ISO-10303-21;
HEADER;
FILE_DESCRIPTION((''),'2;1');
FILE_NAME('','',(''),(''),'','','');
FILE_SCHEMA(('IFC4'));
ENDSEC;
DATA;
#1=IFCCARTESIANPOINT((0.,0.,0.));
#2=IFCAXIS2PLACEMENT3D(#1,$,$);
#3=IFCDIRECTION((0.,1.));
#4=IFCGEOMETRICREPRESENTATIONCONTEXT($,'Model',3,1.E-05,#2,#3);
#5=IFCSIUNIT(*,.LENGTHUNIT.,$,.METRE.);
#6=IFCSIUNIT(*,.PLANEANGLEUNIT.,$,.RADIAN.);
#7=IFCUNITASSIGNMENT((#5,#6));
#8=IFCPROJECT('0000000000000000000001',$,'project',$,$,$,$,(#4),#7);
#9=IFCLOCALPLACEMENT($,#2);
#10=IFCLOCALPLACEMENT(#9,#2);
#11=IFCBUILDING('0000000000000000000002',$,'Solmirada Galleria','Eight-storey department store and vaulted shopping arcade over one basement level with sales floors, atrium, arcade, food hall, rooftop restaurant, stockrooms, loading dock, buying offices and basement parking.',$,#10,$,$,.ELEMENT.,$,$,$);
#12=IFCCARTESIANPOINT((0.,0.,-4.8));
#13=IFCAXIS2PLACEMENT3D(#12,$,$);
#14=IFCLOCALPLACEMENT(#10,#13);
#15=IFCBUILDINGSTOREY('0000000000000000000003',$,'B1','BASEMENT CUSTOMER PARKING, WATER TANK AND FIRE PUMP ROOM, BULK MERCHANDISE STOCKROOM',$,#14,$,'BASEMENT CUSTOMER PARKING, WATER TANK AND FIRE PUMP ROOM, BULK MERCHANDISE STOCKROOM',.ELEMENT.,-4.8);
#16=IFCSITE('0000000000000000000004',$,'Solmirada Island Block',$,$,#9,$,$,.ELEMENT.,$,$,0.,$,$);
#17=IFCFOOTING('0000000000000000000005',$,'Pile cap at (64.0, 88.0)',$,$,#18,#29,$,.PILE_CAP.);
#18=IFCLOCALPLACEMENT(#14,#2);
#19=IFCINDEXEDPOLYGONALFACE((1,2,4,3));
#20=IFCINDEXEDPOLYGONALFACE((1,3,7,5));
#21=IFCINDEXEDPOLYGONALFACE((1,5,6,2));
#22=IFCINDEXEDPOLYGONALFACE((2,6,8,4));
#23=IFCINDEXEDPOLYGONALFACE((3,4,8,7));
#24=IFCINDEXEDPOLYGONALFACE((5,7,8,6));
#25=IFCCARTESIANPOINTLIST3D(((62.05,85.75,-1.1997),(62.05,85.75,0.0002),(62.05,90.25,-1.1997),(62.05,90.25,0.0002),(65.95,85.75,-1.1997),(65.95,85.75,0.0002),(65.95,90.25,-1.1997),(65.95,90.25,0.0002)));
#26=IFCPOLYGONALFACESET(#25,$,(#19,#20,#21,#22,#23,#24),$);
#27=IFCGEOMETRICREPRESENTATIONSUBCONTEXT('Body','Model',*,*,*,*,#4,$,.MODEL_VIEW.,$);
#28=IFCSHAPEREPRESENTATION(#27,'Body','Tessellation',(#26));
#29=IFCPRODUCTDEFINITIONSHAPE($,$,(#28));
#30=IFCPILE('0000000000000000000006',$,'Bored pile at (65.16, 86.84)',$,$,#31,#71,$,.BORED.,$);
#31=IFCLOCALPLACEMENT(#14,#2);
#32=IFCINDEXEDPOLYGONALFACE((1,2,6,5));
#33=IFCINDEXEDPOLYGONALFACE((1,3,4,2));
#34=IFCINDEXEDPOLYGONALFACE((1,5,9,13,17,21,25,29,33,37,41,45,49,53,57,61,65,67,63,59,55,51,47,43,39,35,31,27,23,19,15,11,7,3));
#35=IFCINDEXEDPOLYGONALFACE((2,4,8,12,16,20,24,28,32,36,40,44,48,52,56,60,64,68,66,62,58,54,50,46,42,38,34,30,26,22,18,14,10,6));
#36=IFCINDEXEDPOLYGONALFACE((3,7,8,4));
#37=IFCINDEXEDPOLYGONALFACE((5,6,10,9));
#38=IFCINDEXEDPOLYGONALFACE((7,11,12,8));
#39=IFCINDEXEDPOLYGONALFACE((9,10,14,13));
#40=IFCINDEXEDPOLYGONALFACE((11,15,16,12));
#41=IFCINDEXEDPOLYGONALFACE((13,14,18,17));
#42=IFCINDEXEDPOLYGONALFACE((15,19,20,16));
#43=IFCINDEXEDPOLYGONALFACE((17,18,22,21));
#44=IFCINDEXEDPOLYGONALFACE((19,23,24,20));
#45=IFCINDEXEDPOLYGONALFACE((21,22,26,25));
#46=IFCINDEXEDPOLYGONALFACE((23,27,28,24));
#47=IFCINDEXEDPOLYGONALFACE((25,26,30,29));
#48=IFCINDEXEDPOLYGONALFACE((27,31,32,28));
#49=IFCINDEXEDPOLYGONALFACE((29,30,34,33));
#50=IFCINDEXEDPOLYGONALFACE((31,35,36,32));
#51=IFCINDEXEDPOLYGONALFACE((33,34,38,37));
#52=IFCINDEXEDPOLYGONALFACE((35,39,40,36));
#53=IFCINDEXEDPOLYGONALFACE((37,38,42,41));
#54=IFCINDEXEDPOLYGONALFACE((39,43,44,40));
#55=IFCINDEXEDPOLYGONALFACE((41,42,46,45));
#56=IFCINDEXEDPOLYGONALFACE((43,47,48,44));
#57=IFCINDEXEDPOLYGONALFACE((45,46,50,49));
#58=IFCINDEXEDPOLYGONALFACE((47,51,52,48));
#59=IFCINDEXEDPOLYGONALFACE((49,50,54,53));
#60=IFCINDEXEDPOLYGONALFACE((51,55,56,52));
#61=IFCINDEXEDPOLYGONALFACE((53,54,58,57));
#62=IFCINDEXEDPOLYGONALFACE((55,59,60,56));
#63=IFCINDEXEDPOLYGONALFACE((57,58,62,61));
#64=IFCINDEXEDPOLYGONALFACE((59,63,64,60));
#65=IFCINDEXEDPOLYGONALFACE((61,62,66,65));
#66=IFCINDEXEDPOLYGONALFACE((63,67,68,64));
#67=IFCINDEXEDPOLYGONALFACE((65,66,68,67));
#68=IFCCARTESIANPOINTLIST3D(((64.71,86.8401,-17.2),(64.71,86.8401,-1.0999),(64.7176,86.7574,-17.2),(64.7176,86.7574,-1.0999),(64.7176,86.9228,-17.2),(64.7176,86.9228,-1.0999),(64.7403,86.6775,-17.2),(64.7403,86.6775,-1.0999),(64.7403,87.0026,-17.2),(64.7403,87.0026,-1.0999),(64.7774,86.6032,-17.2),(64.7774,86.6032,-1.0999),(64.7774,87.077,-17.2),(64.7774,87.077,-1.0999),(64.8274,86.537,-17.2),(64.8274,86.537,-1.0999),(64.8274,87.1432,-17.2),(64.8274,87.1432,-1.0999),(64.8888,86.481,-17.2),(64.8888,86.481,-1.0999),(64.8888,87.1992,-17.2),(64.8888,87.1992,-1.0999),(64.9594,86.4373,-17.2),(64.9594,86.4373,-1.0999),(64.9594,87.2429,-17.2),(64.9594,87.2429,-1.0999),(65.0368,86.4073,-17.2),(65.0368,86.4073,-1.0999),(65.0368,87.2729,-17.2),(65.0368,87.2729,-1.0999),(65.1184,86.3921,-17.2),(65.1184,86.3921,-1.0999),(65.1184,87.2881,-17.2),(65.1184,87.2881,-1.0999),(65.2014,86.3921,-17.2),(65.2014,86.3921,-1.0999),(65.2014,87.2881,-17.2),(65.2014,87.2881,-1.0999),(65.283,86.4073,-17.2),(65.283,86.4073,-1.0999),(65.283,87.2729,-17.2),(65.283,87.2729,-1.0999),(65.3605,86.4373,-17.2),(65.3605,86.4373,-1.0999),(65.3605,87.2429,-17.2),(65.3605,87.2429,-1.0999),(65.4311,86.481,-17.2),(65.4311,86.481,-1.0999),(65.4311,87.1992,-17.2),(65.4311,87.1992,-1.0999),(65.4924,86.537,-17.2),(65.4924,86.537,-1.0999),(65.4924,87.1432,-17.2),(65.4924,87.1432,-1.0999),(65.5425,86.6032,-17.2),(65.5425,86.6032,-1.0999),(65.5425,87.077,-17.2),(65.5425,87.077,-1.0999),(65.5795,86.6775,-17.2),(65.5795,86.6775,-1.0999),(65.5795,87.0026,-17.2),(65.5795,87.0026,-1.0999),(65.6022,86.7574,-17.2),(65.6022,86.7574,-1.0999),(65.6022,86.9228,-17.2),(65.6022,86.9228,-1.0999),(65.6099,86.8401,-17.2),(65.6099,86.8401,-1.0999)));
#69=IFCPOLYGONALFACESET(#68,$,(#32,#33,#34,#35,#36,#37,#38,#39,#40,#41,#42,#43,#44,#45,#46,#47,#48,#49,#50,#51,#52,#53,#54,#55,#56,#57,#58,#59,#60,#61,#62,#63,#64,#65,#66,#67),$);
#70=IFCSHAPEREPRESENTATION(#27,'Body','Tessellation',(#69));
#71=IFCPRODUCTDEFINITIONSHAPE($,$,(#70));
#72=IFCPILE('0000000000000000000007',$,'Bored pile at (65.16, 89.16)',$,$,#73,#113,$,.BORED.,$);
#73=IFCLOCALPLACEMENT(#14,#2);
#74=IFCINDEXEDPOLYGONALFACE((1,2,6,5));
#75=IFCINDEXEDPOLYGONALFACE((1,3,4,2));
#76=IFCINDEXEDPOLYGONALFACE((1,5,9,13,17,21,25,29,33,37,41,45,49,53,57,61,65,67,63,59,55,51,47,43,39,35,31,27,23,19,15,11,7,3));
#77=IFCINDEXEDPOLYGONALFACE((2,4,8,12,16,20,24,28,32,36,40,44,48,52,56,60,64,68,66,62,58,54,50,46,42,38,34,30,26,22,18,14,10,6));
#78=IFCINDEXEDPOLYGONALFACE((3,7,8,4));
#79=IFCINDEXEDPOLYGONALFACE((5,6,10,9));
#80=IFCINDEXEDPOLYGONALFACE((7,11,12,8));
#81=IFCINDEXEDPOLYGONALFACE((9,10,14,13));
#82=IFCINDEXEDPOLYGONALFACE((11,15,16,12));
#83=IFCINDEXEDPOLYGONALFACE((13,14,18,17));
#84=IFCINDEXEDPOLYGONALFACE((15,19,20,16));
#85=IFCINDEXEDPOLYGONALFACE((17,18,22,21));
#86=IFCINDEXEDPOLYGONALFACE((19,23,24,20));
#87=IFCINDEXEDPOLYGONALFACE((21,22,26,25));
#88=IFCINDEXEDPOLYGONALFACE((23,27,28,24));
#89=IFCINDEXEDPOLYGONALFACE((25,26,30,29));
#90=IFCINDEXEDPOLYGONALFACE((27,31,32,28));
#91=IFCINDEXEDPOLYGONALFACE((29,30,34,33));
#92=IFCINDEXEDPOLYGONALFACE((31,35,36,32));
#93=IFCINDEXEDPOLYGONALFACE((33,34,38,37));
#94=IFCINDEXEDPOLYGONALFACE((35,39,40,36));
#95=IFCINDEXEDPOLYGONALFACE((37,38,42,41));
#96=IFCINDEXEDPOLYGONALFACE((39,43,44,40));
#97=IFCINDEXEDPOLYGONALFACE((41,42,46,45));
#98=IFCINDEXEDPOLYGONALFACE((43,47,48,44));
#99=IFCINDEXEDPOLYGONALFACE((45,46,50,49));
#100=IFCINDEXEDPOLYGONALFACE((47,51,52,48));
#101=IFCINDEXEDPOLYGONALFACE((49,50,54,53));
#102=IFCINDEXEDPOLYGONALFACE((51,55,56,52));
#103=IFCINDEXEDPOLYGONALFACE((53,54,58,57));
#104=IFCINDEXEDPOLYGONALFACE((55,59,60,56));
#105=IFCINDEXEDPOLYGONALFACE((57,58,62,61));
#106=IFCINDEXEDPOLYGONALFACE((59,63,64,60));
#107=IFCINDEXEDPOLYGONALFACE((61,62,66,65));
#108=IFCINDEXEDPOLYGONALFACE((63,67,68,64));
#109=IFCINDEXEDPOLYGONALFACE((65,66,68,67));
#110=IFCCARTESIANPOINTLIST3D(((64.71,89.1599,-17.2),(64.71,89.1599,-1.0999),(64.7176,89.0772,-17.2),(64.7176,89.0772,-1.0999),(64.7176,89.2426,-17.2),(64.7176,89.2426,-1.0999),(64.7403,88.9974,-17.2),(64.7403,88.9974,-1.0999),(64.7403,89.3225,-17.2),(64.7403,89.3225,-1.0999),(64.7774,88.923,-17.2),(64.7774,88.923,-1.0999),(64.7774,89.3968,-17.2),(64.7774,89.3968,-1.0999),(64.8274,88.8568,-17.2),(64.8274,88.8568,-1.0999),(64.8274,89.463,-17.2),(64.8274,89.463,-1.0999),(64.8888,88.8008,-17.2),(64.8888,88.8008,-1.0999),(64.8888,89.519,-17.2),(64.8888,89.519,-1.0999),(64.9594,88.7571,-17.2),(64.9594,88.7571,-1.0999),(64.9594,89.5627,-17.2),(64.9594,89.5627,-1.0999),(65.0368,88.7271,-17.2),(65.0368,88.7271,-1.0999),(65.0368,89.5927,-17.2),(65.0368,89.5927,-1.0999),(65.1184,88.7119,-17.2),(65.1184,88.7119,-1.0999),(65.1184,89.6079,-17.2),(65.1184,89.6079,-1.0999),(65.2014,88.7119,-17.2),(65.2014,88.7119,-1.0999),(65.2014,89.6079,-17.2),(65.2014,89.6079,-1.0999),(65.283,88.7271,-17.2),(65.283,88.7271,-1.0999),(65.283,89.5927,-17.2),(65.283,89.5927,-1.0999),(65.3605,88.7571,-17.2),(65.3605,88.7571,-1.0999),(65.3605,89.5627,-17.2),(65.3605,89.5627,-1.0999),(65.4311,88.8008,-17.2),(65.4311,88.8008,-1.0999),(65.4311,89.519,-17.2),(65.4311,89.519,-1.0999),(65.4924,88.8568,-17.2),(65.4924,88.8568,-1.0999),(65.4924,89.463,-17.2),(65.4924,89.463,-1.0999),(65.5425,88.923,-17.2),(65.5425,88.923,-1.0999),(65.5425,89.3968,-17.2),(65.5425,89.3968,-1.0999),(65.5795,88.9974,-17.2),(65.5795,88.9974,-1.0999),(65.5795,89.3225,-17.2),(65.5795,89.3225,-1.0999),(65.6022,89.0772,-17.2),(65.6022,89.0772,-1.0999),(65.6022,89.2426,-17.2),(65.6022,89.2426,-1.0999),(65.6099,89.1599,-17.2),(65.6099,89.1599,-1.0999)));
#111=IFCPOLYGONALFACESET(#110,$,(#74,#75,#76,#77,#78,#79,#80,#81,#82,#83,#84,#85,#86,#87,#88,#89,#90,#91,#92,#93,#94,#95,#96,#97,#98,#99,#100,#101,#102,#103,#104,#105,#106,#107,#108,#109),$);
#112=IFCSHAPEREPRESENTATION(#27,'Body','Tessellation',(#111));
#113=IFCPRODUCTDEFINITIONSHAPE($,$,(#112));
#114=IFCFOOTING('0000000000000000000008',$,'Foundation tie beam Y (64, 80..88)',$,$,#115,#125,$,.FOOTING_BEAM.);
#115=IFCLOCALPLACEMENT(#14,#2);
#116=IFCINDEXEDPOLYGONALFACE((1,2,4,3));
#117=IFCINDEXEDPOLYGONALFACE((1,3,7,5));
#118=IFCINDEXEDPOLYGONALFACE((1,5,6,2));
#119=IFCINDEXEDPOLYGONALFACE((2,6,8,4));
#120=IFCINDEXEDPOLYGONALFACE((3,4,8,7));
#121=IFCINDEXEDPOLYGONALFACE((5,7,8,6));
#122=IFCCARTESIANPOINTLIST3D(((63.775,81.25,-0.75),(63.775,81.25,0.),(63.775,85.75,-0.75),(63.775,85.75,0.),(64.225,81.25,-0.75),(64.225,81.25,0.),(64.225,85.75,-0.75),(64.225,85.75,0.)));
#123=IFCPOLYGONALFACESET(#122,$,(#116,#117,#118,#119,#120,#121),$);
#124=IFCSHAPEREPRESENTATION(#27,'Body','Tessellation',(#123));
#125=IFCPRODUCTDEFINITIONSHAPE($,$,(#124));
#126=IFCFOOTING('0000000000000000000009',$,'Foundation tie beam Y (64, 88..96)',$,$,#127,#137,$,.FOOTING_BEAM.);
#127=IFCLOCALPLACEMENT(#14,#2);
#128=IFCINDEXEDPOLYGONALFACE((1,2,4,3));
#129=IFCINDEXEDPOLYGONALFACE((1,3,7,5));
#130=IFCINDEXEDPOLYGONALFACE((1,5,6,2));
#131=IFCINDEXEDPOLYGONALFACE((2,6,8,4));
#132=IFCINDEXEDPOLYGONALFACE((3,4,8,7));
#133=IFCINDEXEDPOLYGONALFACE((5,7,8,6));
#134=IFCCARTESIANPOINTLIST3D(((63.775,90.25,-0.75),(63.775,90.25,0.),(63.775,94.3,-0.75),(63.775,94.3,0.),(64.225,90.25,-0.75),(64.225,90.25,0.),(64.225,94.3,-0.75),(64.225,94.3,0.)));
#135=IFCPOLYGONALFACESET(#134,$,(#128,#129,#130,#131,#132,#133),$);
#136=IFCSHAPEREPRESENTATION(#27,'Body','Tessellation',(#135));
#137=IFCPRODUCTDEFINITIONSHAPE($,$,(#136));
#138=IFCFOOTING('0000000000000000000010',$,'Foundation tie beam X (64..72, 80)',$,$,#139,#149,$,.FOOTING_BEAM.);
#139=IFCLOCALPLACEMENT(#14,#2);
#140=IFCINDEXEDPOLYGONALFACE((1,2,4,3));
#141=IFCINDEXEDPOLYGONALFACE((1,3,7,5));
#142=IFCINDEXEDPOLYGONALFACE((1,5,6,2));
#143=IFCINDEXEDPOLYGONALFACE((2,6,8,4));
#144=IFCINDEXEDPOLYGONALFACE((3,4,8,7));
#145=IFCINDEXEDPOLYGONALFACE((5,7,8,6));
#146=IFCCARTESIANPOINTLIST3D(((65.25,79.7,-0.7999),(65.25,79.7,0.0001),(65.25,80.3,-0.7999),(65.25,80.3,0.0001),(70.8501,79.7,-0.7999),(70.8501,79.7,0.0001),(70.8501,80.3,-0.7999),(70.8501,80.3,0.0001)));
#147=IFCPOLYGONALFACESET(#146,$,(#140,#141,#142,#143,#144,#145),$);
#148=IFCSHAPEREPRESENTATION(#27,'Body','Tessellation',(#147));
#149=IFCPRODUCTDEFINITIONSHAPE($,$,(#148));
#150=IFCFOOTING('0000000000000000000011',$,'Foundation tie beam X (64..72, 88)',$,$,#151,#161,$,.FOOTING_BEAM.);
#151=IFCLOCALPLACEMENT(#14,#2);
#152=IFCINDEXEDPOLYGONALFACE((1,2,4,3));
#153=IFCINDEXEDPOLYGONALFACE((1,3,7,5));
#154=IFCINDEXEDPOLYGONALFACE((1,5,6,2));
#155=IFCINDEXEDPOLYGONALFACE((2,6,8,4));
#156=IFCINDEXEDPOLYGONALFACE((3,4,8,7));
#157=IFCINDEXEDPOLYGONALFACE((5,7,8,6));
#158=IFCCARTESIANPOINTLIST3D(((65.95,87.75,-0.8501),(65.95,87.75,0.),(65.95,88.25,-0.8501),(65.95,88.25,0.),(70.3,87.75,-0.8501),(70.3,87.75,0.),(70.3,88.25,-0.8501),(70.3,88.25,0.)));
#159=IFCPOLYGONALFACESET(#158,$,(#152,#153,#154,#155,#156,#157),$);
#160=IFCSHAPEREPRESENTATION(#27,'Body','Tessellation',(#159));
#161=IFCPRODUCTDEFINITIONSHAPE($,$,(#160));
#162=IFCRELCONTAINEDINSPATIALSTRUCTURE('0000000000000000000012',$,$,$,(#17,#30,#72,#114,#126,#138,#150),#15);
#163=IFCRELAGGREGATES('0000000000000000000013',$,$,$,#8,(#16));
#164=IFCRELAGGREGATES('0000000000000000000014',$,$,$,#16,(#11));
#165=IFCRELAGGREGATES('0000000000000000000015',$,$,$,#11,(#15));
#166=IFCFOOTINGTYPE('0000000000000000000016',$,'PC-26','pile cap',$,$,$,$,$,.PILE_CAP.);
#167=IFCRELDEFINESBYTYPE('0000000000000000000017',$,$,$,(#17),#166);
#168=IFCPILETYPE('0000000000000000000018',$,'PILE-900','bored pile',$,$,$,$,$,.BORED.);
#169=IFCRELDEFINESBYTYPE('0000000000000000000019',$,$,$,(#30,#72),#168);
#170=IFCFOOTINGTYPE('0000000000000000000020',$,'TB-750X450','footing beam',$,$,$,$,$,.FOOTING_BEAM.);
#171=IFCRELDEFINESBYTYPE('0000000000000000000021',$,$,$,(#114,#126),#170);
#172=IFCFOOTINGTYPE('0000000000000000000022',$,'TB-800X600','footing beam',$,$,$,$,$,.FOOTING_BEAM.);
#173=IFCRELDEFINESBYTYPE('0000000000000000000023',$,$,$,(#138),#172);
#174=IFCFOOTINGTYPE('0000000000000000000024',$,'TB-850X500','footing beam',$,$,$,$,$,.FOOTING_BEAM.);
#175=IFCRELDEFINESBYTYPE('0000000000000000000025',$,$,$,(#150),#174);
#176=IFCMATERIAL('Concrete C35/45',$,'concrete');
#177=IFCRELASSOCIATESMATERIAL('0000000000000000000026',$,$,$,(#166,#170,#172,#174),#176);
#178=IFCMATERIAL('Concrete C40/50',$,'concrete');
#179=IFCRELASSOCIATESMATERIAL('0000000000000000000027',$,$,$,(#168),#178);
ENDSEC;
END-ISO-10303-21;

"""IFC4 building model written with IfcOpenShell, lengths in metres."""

from ifc_helpers import new_model, si_unit, direction, frame, origin, origin_2d, place, context, subcontext, project, spatial, rectangle, circle, extrude, material, material_profile, profile_set, type_object, element, save


model = new_model("IFC4")

# Units and contexts
model_context = context("Model", 3, precision=1e-05, world=origin(), true_north=direction((0.0, 1.0)))
body_context = subcontext(model_context, "Body", "Model", "MODEL_VIEW")
ifc_project = project(units=[si_unit("LENGTHUNIT", "METRE"), si_unit("PLANEANGLEUNIT", "RADIAN")], contexts=[model_context])

# Site, building, storey
site_placement = place(None, origin())
site = spatial("IfcSite", under=ifc_project, at=site_placement, Name="Solmirada Island Block", CompositionType="ELEMENT", RefElevation=0.0)
building_placement = place(site_placement, origin())
building = spatial("IfcBuilding", under=site, at=building_placement, Name="Solmirada Galleria", Description="Eight-storey department store and vaulted shopping arcade over one basement level with sales floors, atrium, arcade, food hall, rooftop restaurant, stockrooms, loading dock, buying offices and basement parking.", CompositionType="ELEMENT")
storey_placement = place(building_placement, frame((0.0, 0.0, -4.8)))
storey = spatial("IfcBuildingStorey", under=building, at=storey_placement, Name="B1", Description="BASEMENT CUSTOMER PARKING, WATER TANK AND FIRE PUMP ROOM, BULK MERCHANDISE STOCKROOM", LongName="BASEMENT CUSTOMER PARKING, WATER TANK AND FIRE PUMP ROOM, BULK MERCHANDISE STOCKROOM", CompositionType="ELEMENT", Elevation=-4.8)

# Footing
ifc_material_1 = material(Name="Concrete C35/45", Category="concrete")
footing_type_1 = type_object("IfcFootingType", Name="PC-26", Description="pile cap", PredefinedType="PILE_CAP", material=ifc_material_1)
footing_1_placement = place(storey_placement, frame((64.0, 88.0, -1.1997), z_axis=(0.0, 0.0, 1.0), x_axis=(1.0, 0.0, 0.0)))
element("IfcFooting", 1, at=footing_1_placement, inside=storey, type_object=footing_type_1, Name="Pile cap at (64.0, 88.0)", PredefinedType="PILE_CAP", context=body_context, shape_type="SweptSolid", body=[
    extrude(rectangle(XDim=3.8999, YDim=4.5, at=origin_2d()), origin(), (0.0, 0.0, 1.0), 1.2),
])

# Piles
ifc_material_2 = material(Name="Concrete C40/50", Category="concrete")
ifc_material_profile_1 = material_profile(ifc_material_2, circle(Radius=0.45, at=origin_2d()), Name="PILE900")
ifc_profile_set_1 = profile_set([ifc_material_profile_1], Name="Concrete C40/50")
pile_type = type_object("IfcPileType", Name="PILE-900", Description="bored pile", PredefinedType="BORED", material=ifc_profile_set_1)
for number, where, z_axis, x_axis, name in (
    (2, (65.1599, 86.8401, -1.0999), (0.0, 0.0, -1.0), (1.0, 0.0, 0.0), "Bored pile at (65.16, 86.84)"),
    (3, (65.1599, 89.1599, -1.0999), (0.0, 0.0, -1.0), (1.0, 0.0, 0.0), "Bored pile at (65.16, 89.16)"),
):
    element("IfcPile", number, at=place(storey_placement, frame(where, z_axis=z_axis, x_axis=x_axis)), inside=storey, type_object=pile_type, Name=name, PredefinedType="BORED", context=body_context, shape_type="SweptSolid", body=[
        extrude(circle(Radius=0.45, at=origin_2d()), origin(), (0.0, 0.0, 1.0), 16.1001),
    ])

# Footings
ifc_material_profile_2 = material_profile(ifc_material_1, rectangle(XDim=0.45, YDim=0.75, at=origin_2d()), Name="RC750X450")
ifc_profile_set_2 = profile_set([ifc_material_profile_2], Name="Concrete C35/45")
footing_type_2 = type_object("IfcFootingType", Name="TB-750X450", Description="footing beam", PredefinedType="FOOTING_BEAM", material=ifc_profile_set_2)
footing_2_placement = place(storey_placement, frame((64.0, 81.25, -0.375), z_axis=(0.0, 1.0, 0.0), x_axis=(-1.0, 0.0, 0.0)))
element("IfcFooting", 4, at=footing_2_placement, inside=storey, type_object=footing_type_2, Name="Foundation tie beam Y (64, 80..88)", PredefinedType="FOOTING_BEAM", context=body_context, shape_type="SweptSolid", body=[
    extrude(rectangle(XDim=0.45, YDim=0.75, at=origin_2d()), origin(), (0.0, 0.0, 1.0), 4.5),
])
footing_3_placement = place(storey_placement, frame((64.0, 90.25, -0.375), z_axis=(0.0, 1.0, 0.0), x_axis=(-1.0, 0.0, 0.0)))
element("IfcFooting", 5, at=footing_3_placement, inside=storey, type_object=footing_type_2, Name="Foundation tie beam Y (64, 88..96)", PredefinedType="FOOTING_BEAM", context=body_context, shape_type="SweptSolid", body=[
    extrude(rectangle(XDim=0.45, YDim=0.75, at=origin_2d()), origin(), (0.0, 0.0, 1.0), 4.05),
])
ifc_material_profile_3 = material_profile(ifc_material_1, rectangle(XDim=0.6001, YDim=0.8, at=origin_2d()), Name="RC800X600")
ifc_profile_set_3 = profile_set([ifc_material_profile_3], Name="Concrete C35/45")
footing_type_3 = type_object("IfcFootingType", Name="TB-800X600", Description="footing beam", PredefinedType="FOOTING_BEAM", material=ifc_profile_set_3)
footing_4_placement = place(storey_placement, frame((65.25, 80.0, -0.3999), z_axis=(1.0, 0.0, 0.0), x_axis=(0.0, 1.0, 0.0)))
element("IfcFooting", 6, at=footing_4_placement, inside=storey, type_object=footing_type_3, Name="Foundation tie beam X (64..72, 80)", PredefinedType="FOOTING_BEAM", context=body_context, shape_type="SweptSolid", body=[
    extrude(rectangle(XDim=0.6001, YDim=0.8, at=origin_2d()), origin(), (0.0, 0.0, 1.0), 5.6001),
])
ifc_material_profile_4 = material_profile(ifc_material_1, rectangle(XDim=0.5, YDim=0.8501, at=origin_2d()), Name="RC850X500")
ifc_profile_set_4 = profile_set([ifc_material_profile_4], Name="Concrete C35/45")
footing_type_4 = type_object("IfcFootingType", Name="TB-850X500", Description="footing beam", PredefinedType="FOOTING_BEAM", material=ifc_profile_set_4)
footing_5_placement = place(storey_placement, frame((65.95, 88.0, -0.425), z_axis=(1.0, 0.0, 0.0), x_axis=(0.0, 1.0, 0.0)))
element("IfcFooting", 7, at=footing_5_placement, inside=storey, type_object=footing_type_4, Name="Foundation tie beam X (64..72, 88)", PredefinedType="FOOTING_BEAM", context=body_context, shape_type="SweptSolid", body=[
    extrude(rectangle(XDim=0.5, YDim=0.8501, at=origin_2d()), origin(), (0.0, 0.0, 1.0), 4.3501),
])

save(model, "model.ifc")
